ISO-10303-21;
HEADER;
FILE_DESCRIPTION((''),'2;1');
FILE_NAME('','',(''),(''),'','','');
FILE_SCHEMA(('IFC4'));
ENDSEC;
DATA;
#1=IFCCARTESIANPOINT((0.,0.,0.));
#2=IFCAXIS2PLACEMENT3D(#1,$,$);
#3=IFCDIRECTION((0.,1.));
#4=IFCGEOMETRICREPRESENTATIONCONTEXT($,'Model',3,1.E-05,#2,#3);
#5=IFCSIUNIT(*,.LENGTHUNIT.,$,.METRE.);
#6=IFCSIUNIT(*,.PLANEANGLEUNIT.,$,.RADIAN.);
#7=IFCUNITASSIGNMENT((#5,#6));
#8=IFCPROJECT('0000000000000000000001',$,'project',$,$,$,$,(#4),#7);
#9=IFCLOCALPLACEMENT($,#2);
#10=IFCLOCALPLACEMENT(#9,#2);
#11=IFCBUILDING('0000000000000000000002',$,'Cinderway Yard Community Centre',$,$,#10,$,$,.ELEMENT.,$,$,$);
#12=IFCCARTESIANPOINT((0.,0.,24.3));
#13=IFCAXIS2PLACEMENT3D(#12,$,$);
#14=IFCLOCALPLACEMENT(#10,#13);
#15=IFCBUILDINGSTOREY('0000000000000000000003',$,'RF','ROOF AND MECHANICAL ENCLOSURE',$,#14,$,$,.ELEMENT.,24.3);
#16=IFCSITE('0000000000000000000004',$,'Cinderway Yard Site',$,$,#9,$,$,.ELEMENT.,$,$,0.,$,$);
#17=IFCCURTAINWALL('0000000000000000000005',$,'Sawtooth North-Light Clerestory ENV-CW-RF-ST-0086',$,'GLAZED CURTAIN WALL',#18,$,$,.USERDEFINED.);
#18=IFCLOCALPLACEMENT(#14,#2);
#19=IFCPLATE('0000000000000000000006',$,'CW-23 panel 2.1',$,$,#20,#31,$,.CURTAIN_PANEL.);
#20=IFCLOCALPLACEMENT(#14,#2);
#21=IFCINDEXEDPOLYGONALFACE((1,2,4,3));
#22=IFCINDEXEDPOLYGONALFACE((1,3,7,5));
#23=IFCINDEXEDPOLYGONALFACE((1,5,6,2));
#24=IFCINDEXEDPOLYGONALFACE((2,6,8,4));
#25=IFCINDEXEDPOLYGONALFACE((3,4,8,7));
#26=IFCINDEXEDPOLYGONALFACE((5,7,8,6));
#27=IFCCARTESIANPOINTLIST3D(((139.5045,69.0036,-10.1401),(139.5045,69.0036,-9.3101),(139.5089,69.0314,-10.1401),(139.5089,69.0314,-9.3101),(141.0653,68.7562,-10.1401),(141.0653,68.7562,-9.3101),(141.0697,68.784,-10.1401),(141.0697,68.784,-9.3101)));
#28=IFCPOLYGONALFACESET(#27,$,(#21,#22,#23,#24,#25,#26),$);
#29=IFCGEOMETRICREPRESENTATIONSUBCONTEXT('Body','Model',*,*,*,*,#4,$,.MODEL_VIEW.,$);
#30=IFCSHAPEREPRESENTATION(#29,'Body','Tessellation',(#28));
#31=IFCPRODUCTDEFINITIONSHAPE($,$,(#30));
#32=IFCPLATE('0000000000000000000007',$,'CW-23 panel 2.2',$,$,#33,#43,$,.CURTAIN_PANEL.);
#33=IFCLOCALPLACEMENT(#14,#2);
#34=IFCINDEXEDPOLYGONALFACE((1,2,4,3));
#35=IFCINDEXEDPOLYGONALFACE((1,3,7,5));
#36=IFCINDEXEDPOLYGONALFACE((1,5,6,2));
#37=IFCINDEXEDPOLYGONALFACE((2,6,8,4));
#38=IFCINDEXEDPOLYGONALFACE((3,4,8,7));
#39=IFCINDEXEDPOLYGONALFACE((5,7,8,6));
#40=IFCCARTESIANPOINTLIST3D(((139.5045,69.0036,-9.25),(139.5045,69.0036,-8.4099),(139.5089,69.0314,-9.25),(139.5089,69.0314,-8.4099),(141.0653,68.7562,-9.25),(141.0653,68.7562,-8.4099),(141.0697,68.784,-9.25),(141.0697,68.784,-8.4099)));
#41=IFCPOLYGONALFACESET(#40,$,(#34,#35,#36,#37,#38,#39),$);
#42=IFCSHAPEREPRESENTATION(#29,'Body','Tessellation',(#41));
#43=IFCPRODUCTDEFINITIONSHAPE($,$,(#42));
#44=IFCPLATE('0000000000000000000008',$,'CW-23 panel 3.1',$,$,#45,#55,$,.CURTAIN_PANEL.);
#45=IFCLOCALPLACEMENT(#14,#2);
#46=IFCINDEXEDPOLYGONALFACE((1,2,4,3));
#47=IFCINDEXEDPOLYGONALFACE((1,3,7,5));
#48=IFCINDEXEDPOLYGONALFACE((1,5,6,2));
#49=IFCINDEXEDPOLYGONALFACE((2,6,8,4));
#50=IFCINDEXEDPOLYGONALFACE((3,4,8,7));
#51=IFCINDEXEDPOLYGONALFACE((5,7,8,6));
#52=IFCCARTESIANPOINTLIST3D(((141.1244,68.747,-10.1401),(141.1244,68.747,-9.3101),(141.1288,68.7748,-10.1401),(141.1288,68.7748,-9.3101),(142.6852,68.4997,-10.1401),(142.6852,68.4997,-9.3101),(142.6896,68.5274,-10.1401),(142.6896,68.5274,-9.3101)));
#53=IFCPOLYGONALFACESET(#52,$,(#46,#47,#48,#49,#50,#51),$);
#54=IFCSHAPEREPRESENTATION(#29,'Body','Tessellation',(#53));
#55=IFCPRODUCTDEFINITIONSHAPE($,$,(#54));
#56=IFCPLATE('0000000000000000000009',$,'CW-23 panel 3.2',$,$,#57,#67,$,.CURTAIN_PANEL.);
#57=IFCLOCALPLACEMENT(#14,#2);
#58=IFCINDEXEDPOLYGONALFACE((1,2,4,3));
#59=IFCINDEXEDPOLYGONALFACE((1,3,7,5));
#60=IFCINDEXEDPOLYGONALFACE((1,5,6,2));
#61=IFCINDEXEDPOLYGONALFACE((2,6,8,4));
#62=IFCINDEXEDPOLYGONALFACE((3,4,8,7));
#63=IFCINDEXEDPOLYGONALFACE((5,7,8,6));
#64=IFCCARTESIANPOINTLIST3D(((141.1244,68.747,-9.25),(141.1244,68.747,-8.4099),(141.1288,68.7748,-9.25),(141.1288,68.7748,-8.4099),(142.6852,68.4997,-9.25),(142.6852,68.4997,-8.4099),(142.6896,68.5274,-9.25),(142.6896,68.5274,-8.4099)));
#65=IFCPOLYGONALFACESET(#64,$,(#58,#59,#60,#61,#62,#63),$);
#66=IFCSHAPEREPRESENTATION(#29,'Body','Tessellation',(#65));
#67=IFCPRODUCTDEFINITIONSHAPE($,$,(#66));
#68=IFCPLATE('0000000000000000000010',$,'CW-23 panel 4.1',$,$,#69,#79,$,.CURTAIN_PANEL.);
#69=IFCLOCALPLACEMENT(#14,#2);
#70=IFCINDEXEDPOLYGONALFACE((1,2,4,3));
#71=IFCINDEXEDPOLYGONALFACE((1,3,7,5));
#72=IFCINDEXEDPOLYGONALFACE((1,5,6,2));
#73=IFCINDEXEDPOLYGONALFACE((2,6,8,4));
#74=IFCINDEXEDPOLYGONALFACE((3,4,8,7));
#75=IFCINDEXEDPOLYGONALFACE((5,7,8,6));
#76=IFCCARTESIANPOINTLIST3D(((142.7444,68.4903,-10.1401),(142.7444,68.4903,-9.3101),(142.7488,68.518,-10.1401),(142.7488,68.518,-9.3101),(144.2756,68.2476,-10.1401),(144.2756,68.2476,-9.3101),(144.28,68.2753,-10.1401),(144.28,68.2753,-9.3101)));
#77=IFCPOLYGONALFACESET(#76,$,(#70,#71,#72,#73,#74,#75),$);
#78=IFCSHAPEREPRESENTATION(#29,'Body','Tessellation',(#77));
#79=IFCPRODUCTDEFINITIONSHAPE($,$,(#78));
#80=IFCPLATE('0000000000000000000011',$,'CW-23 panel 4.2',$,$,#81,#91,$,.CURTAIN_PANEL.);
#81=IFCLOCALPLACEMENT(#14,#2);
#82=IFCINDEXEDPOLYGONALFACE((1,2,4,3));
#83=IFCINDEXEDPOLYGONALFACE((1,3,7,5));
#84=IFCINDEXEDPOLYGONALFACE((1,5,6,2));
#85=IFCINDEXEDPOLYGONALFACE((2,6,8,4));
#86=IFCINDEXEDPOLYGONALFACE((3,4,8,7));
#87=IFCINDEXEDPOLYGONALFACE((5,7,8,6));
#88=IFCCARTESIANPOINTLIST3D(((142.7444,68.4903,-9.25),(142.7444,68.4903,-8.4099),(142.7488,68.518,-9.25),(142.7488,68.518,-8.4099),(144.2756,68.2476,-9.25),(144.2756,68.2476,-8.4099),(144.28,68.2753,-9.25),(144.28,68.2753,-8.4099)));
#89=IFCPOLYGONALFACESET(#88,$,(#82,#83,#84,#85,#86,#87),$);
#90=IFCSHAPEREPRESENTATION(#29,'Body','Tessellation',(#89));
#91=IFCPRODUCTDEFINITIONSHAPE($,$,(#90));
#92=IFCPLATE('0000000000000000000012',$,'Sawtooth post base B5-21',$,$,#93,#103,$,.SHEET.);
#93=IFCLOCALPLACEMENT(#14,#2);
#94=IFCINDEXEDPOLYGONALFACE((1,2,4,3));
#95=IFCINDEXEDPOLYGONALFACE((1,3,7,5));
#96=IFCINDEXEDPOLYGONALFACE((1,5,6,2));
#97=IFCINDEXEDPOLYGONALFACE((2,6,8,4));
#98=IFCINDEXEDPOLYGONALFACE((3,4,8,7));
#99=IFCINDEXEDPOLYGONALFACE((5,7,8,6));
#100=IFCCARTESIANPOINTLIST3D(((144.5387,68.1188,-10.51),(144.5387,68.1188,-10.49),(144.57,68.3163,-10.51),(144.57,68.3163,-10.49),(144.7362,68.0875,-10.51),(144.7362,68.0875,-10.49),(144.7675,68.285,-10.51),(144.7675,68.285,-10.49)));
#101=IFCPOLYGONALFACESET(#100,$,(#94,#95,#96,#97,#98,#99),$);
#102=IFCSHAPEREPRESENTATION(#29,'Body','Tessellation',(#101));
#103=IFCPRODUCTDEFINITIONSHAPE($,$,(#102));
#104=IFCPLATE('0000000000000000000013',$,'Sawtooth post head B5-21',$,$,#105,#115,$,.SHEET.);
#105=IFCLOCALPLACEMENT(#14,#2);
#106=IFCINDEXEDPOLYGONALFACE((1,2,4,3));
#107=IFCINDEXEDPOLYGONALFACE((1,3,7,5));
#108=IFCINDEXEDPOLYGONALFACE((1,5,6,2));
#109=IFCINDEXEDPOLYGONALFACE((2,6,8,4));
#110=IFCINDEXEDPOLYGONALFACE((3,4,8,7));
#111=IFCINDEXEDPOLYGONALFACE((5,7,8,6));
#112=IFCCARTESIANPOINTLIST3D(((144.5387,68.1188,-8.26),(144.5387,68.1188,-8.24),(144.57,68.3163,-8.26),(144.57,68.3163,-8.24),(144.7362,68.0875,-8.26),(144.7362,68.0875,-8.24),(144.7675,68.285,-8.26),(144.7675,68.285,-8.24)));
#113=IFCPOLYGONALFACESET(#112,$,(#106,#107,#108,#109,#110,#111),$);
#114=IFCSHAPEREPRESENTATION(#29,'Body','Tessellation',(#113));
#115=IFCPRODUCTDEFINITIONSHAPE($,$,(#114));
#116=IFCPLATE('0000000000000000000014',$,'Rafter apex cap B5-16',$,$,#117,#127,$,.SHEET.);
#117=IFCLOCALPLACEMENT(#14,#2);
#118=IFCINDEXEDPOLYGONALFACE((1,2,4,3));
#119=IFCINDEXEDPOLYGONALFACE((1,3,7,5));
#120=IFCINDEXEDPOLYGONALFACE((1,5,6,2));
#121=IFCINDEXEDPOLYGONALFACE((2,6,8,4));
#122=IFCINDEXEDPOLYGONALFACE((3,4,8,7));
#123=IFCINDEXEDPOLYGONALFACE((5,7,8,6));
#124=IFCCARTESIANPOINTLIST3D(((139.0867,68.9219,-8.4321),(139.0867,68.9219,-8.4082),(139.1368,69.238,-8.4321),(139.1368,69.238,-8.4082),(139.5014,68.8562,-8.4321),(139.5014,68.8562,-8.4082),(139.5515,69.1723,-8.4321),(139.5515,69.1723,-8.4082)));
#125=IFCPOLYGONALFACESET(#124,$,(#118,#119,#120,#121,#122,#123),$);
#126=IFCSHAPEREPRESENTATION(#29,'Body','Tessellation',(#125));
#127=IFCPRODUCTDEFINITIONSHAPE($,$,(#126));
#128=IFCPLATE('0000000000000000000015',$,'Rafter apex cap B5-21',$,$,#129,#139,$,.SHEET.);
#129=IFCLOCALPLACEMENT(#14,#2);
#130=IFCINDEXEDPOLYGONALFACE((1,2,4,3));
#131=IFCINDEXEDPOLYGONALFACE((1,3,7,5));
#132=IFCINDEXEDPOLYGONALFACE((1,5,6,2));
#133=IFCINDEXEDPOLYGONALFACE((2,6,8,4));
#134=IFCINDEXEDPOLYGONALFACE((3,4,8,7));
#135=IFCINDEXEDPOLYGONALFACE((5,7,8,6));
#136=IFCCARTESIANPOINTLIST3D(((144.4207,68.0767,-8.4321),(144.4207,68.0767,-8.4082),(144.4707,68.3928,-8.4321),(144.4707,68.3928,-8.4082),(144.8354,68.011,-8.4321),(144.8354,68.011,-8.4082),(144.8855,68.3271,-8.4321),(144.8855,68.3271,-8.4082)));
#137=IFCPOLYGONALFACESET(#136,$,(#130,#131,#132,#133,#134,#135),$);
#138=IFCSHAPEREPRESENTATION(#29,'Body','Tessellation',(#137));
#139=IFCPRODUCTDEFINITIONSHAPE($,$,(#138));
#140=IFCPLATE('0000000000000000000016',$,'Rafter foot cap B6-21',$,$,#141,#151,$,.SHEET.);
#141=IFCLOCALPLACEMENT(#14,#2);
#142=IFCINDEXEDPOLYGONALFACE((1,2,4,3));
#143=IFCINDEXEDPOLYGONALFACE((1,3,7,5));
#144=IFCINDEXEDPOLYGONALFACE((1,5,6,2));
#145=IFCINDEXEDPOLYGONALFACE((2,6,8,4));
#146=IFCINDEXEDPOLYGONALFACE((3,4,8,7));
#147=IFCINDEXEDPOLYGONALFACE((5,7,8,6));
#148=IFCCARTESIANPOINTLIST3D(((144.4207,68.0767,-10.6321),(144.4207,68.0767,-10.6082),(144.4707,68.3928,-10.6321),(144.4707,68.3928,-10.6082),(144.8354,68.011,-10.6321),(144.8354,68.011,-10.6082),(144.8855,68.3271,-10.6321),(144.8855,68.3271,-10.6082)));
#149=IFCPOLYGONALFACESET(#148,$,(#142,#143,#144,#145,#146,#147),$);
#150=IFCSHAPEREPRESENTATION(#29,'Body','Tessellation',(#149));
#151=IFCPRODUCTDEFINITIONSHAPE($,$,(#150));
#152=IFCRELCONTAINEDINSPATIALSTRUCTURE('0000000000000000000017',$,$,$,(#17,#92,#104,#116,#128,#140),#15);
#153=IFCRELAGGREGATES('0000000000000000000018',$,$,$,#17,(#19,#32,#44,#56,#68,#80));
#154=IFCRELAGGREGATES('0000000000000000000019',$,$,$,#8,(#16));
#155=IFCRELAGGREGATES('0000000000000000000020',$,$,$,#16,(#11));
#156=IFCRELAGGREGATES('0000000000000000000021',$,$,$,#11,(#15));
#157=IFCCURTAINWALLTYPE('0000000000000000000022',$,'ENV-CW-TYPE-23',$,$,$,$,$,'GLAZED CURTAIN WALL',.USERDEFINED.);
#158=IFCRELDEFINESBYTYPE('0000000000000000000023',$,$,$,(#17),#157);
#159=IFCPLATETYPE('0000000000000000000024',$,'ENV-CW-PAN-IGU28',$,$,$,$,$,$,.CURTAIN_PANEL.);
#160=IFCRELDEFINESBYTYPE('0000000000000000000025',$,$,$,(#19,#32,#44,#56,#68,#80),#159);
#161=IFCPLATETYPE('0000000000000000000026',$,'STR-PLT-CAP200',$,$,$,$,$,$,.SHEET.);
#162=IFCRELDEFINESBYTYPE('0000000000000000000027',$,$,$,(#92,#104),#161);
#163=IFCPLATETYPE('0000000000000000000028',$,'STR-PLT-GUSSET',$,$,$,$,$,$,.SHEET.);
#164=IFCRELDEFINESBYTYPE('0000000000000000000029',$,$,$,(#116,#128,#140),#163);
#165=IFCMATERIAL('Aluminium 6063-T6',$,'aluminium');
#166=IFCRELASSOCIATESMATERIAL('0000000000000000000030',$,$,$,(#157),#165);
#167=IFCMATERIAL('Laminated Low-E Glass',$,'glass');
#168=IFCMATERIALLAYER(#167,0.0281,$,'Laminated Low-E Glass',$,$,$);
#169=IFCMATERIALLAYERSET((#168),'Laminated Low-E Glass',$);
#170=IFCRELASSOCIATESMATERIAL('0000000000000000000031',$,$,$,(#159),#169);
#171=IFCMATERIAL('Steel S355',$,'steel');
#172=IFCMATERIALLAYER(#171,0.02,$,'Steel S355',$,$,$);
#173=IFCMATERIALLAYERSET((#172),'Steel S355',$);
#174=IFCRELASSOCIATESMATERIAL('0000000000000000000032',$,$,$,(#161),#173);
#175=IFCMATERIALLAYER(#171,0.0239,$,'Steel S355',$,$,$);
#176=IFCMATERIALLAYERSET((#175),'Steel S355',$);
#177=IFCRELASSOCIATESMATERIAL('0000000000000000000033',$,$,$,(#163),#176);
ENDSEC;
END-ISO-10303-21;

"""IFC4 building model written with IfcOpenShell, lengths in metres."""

from ifc_helpers import new_model, si_unit, direction, frame, origin, origin_2d, place, context, subcontext, project, spatial, rectangle, extrude, material, layer, layer_set, type_object, element, aggregate, save


model = new_model("IFC4")

# Units and contexts
model_context = context("Model", 3, precision=1e-05, world=origin(), true_north=direction((0.0, 1.0)))
body_context = subcontext(model_context, "Body", "Model", "MODEL_VIEW")
ifc_project = project(units=[si_unit("LENGTHUNIT", "METRE"), si_unit("PLANEANGLEUNIT", "RADIAN")], contexts=[model_context])

# Site, building, storey
site_placement = place(None, origin())
site = spatial("IfcSite", under=ifc_project, at=site_placement, Name="Cinderway Yard Site", CompositionType="ELEMENT", RefElevation=0.0)
building_placement = place(site_placement, origin())
building = spatial("IfcBuilding", under=site, at=building_placement, Name="Cinderway Yard Community Centre", CompositionType="ELEMENT")
storey_placement = place(building_placement, frame((0.0, 0.0, 24.3)))
storey = spatial("IfcBuildingStorey", under=building, at=storey_placement, Name="RF", Description="ROOF AND MECHANICAL ENCLOSURE", CompositionType="ELEMENT", Elevation=24.3)

# Curtain wall
ifc_material_1 = material(Name="Aluminium 6063-T6", Category="aluminium")
curtain_wall_type = type_object("IfcCurtainWallType", Name="ENV-CW-TYPE-23", ElementType="GLAZED CURTAIN WALL", PredefinedType="USERDEFINED", material=ifc_material_1)
curtain_wall_placement = place(storey_placement, origin())
curtain_wall = element("IfcCurtainWall", 1, at=curtain_wall_placement, inside=storey, type_object=curtain_wall_type, Name="Sawtooth North-Light Clerestory ENV-CW-RF-ST-0086", ObjectType="GLAZED CURTAIN WALL", PredefinedType="USERDEFINED")

# Shared definitions
ifc_material_2 = material(Name="Steel S355", Category="steel")

# Plates
ifc_material_3 = material(Name="Laminated Low-E Glass", Category="glass")
ifc_layer_1 = layer(ifc_material_3, 0.0281, Name="Laminated Low-E Glass")
ifc_layer_set_1 = layer_set([ifc_layer_1], Name="Laminated Low-E Glass")
plate_type_1 = type_object("IfcPlateType", Name="ENV-CW-PAN-IGU28", PredefinedType="CURTAIN_PANEL", material=ifc_layer_set_1)
plate_1_placement = place(storey_placement, frame((140.2871, 68.8938, -10.1401), z_axis=(0.0, 0.0, 1.0), x_axis=(0.987673, -0.156534, 0.0)))
plate_1 = element("IfcPlate", 2, at=plate_1_placement, type_object=plate_type_1, Name="CW-23 panel 2.1", PredefinedType="CURTAIN_PANEL", context=body_context, shape_type="SweptSolid", body=[
    extrude(rectangle(XDim=1.5803, YDim=0.0281, at=origin_2d()), origin(), (0.0, 0.0, 1.0), 0.8301),
])
plate_2_placement = place(storey_placement, frame((140.2871, 68.8938, -9.25), z_axis=(0.0, 0.0, 1.0), x_axis=(0.987673, -0.156534, 0.0)))
plate_2 = element("IfcPlate", 3, at=plate_2_placement, type_object=plate_type_1, Name="CW-23 panel 2.2", PredefinedType="CURTAIN_PANEL", context=body_context, shape_type="SweptSolid", body=[
    extrude(rectangle(XDim=1.5803, YDim=0.0281, at=origin_2d()), origin(), (0.0, 0.0, 1.0), 0.8401),
])
plate_3_placement = place(storey_placement, frame((141.907, 68.6372, -10.1401), z_axis=(0.0, 0.0, 1.0), x_axis=(0.987673, -0.156534, 0.0)))
plate_3 = element("IfcPlate", 4, at=plate_3_placement, type_object=plate_type_1, Name="CW-23 panel 3.1", PredefinedType="CURTAIN_PANEL", context=body_context, shape_type="SweptSolid", body=[
    extrude(rectangle(XDim=1.5803, YDim=0.0281, at=origin_2d()), origin(), (0.0, 0.0, 1.0), 0.8301),
])
plate_4_placement = place(storey_placement, frame((141.907, 68.6372, -9.25), z_axis=(0.0, 0.0, 1.0), x_axis=(0.987673, -0.156534, 0.0)))
plate_4 = element("IfcPlate", 5, at=plate_4_placement, type_object=plate_type_1, Name="CW-23 panel 3.2", PredefinedType="CURTAIN_PANEL", context=body_context, shape_type="SweptSolid", body=[
    extrude(rectangle(XDim=1.5803, YDim=0.0281, at=origin_2d()), origin(), (0.0, 0.0, 1.0), 0.8401),
])
plate_5_placement = place(storey_placement, frame((143.5122, 68.3828, -10.1401), z_axis=(0.0, 0.0, 1.0), x_axis=(0.987673, -0.156534, 0.0)))
plate_5 = element("IfcPlate", 6, at=plate_5_placement, type_object=plate_type_1, Name="CW-23 panel 4.1", PredefinedType="CURTAIN_PANEL", context=body_context, shape_type="SweptSolid", body=[
    extrude(rectangle(XDim=1.5503, YDim=0.0281, at=origin_2d()), origin(), (0.0, 0.0, 1.0), 0.8301),
])
plate_6_placement = place(storey_placement, frame((143.5122, 68.3828, -9.25), z_axis=(0.0, 0.0, 1.0), x_axis=(0.987673, -0.156534, 0.0)))
plate_6 = element("IfcPlate", 7, at=plate_6_placement, type_object=plate_type_1, Name="CW-23 panel 4.2", PredefinedType="CURTAIN_PANEL", context=body_context, shape_type="SweptSolid", body=[
    extrude(rectangle(XDim=1.5503, YDim=0.0281, at=origin_2d()), origin(), (0.0, 0.0, 1.0), 0.8401),
])
aggregate(curtain_wall, [plate_1, plate_2, plate_3, plate_4, plate_5, plate_6])

# Plates
ifc_layer_2 = layer(ifc_material_2, 0.02, Name="Steel S355")
ifc_layer_set_2 = layer_set([ifc_layer_2], Name="Steel S355")
plate_type_2 = type_object("IfcPlateType", Name="STR-PLT-CAP200", PredefinedType="SHEET", material=ifc_layer_set_2)
for number, where, z_axis, x_axis, name in (
    (8, (144.6531, 68.2019, -10.51), (0.0, 0.0, 1.0), (0.987688, -0.156434, 0.0), "Sawtooth post base B5-21"),
    (9, (144.6531, 68.2019, -8.26), (0.0, 0.0, 1.0), (0.987688, -0.156434, 0.0), "Sawtooth post head B5-21"),
):
    element("IfcPlate", number, at=place(storey_placement, frame(where, z_axis=z_axis, x_axis=x_axis)), inside=storey, type_object=plate_type_2, Name=name, PredefinedType="SHEET", context=body_context, shape_type="SweptSolid", body=[
        extrude(rectangle(XDim=0.2, YDim=0.2, at=origin_2d()), origin(), (0.0, 0.0, 1.0), 0.02),
    ])
ifc_layer_3 = layer(ifc_material_2, 0.0239, Name="Steel S355")
ifc_layer_set_3 = layer_set([ifc_layer_3], Name="Steel S355")
plate_type_3 = type_object("IfcPlateType", Name="STR-PLT-GUSSET", PredefinedType="SHEET", material=ifc_layer_set_3)
for number, where, z_axis, x_axis, name in (
    (10, (139.3191, 69.0471, -8.4321), (0.0, 0.0, 1.0), (0.987688, -0.156434, 0.0), "Rafter apex cap B5-16"),
    (11, (144.6531, 68.2019, -8.4321), (0.0, 0.0, 1.0), (0.987688, -0.156434, 0.0), "Rafter apex cap B5-21"),
    (12, (144.6531, 68.2019, -10.6321), (0.0, 0.0, 1.0), (0.987688, -0.156434, 0.0), "Rafter foot cap B6-21"),
):
    element("IfcPlate", number, at=place(storey_placement, frame(where, z_axis=z_axis, x_axis=x_axis)), inside=storey, type_object=plate_type_3, Name=name, PredefinedType="SHEET", context=body_context, shape_type="SweptSolid", body=[
        extrude(rectangle(XDim=0.4199, YDim=0.3201, at=origin_2d()), origin(), (0.0, 0.0, 1.0), 0.0239),
    ])

save(model, "model.ifc")
